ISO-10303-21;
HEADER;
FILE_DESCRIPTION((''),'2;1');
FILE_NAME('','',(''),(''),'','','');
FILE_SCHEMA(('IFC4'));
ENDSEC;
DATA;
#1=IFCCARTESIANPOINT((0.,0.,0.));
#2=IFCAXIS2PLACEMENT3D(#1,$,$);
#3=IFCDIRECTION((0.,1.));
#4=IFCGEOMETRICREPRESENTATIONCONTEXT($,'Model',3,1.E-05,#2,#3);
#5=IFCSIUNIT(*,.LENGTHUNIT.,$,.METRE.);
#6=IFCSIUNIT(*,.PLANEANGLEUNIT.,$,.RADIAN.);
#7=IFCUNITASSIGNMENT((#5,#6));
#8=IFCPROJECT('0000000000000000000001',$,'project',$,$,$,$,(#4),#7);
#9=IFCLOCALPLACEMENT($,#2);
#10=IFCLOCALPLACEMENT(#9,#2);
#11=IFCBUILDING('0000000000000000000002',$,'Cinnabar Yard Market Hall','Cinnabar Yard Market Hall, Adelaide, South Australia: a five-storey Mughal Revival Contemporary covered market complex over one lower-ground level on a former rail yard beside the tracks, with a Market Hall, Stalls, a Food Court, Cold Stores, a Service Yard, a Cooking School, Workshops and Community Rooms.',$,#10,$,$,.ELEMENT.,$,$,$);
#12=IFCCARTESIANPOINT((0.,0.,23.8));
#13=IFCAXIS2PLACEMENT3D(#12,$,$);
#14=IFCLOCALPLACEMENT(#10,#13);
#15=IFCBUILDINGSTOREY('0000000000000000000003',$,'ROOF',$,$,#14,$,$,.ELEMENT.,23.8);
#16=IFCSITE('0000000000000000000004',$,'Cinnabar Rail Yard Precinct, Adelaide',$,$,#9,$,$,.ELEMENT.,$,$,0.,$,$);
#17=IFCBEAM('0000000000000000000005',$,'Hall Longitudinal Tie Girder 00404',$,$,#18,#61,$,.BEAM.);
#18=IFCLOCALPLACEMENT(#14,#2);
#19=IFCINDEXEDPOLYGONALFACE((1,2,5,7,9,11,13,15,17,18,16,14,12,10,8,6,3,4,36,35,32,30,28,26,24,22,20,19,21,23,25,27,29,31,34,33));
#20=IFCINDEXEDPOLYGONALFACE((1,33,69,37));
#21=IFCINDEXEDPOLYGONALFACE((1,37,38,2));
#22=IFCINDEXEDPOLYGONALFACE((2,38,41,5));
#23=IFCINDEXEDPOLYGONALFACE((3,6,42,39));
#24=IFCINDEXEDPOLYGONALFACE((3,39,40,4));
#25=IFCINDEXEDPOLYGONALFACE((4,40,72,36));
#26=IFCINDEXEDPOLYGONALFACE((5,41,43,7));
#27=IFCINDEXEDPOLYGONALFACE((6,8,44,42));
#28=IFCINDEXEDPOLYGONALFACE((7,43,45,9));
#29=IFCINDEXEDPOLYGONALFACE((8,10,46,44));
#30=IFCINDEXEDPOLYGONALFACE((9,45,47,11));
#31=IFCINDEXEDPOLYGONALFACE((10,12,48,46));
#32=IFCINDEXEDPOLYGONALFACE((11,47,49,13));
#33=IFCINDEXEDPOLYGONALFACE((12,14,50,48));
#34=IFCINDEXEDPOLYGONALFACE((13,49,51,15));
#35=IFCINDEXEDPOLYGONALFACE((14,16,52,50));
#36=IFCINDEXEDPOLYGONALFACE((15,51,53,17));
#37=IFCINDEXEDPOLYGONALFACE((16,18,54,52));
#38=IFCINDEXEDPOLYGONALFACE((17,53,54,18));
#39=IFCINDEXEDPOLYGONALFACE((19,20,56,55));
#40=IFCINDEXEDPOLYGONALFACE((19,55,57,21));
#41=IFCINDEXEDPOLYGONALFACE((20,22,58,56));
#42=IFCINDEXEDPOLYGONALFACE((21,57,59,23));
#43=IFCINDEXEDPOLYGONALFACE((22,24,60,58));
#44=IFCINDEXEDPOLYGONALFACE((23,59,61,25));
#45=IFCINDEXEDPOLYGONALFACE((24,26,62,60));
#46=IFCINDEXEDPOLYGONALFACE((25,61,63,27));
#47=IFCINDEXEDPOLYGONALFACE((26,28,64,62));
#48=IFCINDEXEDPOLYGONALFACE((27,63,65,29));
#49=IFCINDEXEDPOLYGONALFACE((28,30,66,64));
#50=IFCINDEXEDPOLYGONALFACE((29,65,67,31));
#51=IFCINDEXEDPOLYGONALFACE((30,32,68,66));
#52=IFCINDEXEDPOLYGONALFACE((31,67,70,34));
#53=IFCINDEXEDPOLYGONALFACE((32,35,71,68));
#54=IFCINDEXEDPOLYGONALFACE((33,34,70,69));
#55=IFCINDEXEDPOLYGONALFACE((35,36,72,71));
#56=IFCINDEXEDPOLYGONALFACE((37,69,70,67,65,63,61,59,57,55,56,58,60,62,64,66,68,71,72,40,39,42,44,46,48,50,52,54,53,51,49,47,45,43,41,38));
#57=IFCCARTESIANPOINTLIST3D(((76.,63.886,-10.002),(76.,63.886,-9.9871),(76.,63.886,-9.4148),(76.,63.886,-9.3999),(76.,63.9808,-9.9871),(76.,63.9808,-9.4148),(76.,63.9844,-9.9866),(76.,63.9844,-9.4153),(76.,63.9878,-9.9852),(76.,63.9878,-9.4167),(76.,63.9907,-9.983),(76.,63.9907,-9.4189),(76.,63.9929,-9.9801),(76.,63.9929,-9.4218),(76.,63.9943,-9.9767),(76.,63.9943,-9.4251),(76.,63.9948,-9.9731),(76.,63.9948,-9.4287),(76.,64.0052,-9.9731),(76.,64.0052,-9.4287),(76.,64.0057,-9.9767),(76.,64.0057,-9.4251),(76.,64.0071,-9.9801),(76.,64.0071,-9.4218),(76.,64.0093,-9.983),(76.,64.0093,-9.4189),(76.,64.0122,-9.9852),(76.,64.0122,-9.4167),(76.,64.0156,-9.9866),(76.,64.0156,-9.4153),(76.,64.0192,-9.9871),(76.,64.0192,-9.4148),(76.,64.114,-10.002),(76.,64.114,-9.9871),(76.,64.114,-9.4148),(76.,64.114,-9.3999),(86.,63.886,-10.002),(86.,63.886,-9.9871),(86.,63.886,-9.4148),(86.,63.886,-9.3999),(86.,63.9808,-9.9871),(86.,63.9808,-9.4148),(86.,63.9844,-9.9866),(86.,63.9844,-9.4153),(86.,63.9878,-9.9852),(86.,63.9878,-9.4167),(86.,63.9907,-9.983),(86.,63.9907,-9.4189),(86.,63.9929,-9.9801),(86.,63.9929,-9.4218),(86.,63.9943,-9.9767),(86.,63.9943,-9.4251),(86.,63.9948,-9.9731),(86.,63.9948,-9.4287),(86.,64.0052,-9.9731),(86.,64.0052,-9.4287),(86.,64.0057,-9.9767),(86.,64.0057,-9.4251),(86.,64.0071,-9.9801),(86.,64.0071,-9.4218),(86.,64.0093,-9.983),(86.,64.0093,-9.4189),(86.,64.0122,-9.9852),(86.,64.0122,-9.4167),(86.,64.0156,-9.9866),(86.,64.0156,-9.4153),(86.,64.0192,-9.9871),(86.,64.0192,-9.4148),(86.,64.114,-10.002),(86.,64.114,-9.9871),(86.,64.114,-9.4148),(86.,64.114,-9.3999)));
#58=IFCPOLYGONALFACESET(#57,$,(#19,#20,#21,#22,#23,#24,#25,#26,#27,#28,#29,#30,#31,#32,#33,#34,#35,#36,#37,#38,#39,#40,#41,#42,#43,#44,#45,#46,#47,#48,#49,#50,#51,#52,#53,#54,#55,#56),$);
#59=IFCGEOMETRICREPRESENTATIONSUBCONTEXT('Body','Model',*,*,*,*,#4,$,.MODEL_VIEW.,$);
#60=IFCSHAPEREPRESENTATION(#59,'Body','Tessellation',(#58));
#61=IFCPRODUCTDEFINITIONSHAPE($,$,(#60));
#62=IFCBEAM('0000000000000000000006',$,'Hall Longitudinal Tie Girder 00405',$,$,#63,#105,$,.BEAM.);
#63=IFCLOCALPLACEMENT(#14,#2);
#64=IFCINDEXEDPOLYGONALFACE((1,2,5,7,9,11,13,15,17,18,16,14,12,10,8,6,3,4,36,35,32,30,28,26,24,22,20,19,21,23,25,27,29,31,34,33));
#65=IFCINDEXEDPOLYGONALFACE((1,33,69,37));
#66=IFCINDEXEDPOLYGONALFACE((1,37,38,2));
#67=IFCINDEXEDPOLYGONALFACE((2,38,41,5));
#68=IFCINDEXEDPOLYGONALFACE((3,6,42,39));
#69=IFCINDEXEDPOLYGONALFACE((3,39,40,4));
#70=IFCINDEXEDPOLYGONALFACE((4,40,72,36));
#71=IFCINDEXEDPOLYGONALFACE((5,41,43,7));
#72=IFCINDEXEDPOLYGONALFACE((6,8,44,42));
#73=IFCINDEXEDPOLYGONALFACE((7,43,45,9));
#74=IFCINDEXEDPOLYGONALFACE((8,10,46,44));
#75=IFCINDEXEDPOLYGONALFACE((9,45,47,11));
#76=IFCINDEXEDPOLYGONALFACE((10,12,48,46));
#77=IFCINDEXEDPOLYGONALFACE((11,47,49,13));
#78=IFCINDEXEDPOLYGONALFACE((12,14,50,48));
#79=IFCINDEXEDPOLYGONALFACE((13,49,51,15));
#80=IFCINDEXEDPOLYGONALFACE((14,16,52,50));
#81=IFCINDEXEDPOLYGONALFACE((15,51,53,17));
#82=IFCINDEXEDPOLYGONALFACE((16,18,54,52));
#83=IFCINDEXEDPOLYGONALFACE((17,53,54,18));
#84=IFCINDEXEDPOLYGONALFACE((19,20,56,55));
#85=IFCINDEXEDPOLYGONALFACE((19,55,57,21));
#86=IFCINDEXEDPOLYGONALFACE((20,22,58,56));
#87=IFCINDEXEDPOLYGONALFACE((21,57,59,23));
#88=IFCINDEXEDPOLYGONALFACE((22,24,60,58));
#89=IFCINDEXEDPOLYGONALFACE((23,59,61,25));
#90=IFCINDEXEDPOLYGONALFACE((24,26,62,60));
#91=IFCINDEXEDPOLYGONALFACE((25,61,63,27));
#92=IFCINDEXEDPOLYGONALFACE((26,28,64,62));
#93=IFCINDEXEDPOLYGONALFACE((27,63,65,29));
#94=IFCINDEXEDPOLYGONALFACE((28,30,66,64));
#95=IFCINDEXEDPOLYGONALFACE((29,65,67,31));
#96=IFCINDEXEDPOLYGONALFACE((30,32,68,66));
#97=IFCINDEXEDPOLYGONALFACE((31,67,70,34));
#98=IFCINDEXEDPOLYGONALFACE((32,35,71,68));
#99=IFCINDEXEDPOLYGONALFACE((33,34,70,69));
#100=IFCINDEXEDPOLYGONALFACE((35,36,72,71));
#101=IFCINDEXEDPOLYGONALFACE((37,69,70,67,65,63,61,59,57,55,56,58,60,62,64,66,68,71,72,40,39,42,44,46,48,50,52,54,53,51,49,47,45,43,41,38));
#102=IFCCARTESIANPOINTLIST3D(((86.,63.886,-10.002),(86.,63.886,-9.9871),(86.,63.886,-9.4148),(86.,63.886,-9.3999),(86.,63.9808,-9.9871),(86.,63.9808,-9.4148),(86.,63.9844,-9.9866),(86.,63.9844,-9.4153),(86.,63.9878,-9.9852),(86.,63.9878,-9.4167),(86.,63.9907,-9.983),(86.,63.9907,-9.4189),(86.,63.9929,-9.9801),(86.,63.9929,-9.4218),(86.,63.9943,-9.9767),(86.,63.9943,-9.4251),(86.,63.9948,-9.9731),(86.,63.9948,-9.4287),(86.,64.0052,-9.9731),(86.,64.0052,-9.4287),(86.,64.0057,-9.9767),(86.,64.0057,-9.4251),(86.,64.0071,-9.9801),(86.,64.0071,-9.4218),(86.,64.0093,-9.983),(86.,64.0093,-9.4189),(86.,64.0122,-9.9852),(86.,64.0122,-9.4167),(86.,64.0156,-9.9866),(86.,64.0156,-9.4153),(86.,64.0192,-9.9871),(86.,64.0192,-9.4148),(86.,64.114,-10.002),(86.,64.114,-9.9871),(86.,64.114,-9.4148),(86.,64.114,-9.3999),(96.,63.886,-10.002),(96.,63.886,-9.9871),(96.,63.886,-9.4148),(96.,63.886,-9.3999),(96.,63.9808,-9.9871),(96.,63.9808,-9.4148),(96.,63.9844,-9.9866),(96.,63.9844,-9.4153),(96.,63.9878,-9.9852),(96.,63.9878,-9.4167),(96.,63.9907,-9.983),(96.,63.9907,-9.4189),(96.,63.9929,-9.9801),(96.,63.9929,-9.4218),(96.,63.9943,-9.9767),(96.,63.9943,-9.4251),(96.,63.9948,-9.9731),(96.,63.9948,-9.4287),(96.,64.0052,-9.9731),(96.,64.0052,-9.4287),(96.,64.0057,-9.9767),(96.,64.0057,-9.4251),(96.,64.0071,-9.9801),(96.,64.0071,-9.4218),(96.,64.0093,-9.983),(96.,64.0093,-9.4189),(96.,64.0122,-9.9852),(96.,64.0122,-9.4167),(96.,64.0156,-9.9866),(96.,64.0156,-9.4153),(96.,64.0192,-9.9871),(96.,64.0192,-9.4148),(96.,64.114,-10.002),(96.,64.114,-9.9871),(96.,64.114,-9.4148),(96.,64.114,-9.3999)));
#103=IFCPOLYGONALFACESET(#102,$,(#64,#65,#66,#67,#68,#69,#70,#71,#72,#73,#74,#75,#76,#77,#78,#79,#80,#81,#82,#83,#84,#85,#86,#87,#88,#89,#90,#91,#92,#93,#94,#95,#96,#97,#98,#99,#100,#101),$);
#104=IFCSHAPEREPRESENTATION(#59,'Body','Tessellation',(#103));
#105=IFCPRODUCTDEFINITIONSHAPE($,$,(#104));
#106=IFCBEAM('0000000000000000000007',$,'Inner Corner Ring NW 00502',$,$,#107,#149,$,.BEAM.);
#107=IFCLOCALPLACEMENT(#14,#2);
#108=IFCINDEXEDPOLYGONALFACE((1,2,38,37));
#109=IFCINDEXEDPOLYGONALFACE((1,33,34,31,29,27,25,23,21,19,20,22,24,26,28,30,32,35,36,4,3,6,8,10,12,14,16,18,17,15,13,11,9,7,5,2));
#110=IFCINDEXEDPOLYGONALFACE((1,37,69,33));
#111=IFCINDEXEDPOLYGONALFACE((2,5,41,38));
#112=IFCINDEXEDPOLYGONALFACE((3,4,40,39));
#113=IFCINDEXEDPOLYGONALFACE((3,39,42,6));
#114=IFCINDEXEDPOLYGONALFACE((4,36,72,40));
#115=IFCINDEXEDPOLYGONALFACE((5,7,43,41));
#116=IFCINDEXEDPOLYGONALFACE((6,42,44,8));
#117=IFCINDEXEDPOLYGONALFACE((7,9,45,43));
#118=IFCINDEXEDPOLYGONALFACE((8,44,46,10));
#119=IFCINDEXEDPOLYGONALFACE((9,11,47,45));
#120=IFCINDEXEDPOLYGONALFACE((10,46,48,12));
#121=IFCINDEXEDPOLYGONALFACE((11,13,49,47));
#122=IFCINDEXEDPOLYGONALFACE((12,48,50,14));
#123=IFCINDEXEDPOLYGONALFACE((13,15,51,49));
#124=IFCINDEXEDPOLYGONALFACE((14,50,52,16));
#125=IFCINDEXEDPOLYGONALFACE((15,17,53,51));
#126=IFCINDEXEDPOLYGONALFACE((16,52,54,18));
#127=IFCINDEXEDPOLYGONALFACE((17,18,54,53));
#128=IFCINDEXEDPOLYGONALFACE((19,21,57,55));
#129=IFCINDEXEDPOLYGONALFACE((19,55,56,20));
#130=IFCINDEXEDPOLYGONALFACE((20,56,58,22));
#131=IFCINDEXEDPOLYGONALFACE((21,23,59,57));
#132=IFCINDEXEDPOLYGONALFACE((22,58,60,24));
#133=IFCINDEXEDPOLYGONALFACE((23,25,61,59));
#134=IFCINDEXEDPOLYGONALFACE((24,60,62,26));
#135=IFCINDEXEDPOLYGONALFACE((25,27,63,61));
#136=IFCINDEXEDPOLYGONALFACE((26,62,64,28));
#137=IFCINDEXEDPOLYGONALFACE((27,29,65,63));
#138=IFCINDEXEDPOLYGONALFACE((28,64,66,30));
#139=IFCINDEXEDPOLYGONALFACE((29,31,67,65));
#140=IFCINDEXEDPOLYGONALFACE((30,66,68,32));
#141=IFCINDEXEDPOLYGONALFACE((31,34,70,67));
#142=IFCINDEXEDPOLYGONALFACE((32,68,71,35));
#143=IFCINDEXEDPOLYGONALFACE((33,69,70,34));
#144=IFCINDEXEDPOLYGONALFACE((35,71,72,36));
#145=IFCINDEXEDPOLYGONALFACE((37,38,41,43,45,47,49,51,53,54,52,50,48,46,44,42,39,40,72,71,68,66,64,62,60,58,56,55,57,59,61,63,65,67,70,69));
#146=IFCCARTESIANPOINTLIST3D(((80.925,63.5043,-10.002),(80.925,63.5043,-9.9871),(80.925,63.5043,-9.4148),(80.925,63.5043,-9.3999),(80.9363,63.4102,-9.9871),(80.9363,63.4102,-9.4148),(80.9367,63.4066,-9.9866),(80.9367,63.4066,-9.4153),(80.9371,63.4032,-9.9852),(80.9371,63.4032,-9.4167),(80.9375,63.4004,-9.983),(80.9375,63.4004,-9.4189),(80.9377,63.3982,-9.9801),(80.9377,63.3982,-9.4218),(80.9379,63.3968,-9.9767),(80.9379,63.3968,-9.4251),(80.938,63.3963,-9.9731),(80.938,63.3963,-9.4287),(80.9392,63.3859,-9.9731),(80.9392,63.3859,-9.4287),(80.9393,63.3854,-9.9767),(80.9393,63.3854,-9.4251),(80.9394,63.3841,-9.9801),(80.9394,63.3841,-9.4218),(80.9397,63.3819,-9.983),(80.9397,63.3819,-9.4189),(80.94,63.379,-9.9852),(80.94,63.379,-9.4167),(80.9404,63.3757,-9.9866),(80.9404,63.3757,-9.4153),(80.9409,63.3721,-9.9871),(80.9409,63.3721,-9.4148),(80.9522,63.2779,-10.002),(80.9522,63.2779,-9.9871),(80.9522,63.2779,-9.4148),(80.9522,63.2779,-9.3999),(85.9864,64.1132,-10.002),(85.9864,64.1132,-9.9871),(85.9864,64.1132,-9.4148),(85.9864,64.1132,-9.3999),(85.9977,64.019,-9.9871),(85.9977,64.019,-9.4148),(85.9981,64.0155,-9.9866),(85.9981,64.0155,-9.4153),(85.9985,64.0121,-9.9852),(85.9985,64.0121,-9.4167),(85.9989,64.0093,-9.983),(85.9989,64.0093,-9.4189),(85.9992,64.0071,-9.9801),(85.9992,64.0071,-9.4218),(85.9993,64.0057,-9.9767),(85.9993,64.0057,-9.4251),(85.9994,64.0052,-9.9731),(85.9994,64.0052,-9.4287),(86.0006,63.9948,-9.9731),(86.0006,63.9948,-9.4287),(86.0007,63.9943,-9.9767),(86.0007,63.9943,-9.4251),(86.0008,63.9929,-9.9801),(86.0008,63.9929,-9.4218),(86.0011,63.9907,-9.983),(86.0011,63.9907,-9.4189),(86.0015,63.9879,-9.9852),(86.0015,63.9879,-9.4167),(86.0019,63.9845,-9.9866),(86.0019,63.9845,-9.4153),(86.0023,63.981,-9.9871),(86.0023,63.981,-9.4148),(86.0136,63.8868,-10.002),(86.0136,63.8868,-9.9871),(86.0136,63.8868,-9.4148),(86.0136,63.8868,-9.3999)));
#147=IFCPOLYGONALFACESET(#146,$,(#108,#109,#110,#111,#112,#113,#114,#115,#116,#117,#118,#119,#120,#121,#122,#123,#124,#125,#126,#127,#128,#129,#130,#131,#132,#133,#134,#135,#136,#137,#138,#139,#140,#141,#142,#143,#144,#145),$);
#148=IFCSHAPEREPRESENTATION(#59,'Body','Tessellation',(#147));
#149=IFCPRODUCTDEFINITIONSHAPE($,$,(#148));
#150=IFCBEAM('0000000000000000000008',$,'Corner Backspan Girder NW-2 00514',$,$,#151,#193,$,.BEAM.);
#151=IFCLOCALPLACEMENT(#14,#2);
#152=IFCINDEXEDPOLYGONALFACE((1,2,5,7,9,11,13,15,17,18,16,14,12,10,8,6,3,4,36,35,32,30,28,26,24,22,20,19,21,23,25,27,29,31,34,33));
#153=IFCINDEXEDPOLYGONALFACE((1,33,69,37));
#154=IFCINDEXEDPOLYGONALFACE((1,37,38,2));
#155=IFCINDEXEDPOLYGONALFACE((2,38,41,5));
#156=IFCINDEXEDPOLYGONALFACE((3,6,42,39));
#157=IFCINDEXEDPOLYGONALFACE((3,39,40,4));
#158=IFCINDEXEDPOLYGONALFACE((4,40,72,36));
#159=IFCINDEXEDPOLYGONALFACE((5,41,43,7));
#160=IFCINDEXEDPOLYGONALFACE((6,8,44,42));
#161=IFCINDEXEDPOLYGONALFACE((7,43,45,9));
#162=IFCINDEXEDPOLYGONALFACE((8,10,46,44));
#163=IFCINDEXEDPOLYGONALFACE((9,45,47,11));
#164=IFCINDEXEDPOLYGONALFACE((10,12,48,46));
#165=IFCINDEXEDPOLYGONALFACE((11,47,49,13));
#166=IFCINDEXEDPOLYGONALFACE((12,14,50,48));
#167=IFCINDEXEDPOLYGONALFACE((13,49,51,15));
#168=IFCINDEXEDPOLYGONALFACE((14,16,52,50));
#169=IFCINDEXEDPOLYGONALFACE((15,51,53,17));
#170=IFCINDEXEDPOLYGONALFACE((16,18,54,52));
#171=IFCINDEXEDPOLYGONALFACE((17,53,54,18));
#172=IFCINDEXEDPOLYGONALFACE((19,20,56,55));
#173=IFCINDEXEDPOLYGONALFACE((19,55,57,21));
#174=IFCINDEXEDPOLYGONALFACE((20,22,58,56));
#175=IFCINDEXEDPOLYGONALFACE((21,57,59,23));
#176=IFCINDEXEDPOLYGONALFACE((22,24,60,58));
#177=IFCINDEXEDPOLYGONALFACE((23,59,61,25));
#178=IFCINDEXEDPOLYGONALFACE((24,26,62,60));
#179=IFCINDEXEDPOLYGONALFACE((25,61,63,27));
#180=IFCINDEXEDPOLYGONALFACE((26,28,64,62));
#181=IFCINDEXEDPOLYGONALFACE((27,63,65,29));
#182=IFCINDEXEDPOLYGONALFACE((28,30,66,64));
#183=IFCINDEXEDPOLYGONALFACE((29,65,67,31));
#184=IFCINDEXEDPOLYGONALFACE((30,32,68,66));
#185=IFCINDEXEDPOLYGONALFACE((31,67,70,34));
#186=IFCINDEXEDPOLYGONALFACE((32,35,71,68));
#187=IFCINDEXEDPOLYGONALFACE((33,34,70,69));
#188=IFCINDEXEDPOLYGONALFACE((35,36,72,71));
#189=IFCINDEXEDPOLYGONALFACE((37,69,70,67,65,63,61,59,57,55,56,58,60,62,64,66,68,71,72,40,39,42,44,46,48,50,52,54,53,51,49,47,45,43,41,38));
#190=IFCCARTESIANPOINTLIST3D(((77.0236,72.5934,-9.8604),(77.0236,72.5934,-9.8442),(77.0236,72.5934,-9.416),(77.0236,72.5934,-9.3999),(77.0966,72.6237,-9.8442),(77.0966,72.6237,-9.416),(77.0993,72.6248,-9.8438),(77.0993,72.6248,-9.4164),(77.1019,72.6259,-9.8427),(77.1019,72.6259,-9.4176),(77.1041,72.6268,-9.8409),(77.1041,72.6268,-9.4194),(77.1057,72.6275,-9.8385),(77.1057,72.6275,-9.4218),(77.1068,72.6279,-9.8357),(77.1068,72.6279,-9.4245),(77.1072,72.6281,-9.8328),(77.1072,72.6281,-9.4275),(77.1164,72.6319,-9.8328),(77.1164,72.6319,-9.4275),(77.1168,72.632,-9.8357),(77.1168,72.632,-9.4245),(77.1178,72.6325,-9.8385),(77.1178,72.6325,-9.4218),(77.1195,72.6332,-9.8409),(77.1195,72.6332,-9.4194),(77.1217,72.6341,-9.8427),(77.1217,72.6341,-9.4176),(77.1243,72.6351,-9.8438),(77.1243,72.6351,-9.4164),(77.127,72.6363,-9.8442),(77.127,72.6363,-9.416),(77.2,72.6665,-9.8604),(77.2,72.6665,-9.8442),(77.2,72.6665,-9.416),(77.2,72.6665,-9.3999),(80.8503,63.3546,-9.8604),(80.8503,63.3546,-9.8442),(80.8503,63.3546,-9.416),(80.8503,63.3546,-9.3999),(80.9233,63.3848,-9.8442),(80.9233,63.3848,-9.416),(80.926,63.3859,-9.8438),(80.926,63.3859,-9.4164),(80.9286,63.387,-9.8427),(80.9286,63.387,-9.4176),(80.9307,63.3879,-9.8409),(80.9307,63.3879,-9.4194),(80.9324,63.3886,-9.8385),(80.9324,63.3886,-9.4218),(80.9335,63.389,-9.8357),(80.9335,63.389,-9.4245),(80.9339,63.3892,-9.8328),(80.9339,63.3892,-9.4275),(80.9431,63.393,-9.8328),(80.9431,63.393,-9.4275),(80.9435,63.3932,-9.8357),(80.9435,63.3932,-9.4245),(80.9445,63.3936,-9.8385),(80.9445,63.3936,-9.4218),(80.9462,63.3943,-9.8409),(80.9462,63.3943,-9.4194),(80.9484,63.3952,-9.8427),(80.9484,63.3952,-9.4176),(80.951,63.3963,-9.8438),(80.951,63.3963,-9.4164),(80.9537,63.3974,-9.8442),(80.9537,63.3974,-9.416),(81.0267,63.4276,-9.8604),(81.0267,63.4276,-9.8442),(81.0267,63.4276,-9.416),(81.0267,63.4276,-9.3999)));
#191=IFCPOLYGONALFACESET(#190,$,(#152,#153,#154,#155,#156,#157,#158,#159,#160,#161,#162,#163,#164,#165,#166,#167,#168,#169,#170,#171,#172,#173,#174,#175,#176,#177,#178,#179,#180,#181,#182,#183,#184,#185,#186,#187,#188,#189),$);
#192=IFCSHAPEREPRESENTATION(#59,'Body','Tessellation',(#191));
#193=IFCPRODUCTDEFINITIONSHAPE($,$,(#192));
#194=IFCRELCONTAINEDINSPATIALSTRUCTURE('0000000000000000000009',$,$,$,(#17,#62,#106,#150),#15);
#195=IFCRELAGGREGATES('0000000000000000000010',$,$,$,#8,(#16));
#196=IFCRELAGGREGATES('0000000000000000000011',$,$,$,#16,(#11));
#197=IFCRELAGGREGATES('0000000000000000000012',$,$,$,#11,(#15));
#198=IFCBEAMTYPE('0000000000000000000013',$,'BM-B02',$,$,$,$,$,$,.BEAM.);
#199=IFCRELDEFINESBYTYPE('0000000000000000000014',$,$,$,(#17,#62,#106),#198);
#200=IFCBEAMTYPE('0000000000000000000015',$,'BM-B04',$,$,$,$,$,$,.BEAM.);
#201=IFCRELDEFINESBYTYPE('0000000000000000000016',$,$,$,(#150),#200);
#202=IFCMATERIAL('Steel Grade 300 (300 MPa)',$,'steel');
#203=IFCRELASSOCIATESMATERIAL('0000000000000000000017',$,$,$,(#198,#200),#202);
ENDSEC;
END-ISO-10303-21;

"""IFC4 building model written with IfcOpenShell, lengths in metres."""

from ifc_helpers import new_model, si_unit, direction, frame, origin, origin_2d_with_axis, place, context, subcontext, project, spatial, i_section, extrude, material, material_profile, profile_set, type_object, element, save


model = new_model("IFC4")

# Units and contexts
model_context = context("Model", 3, precision=1e-05, world=origin(), true_north=direction((0.0, 1.0)))
body_context = subcontext(model_context, "Body", "Model", "MODEL_VIEW")
ifc_project = project(units=[si_unit("LENGTHUNIT", "METRE"), si_unit("PLANEANGLEUNIT", "RADIAN")], contexts=[model_context])

# Site, building, storey
site_placement = place(None, origin())
site = spatial("IfcSite", under=ifc_project, at=site_placement, Name="Cinnabar Rail Yard Precinct, Adelaide", CompositionType="ELEMENT", RefElevation=0.0)
building_placement = place(site_placement, origin())
building = spatial("IfcBuilding", under=site, at=building_placement, Name="Cinnabar Yard Market Hall", Description="Cinnabar Yard Market Hall, Adelaide, South Australia: a five-storey Mughal Revival Contemporary covered market complex over one lower-ground level on a former rail yard beside the tracks, with a Market Hall, Stalls, a Food Court, Cold Stores, a Service Yard, a Cooking School, Workshops and Community Rooms.", CompositionType="ELEMENT")
storey_placement = place(building_placement, frame((0.0, 0.0, 23.8)))
storey = spatial("IfcBuildingStorey", under=building, at=storey_placement, Name="ROOF", CompositionType="ELEMENT", Elevation=23.8)

# Beams
ifc_material_1 = material(Name="Steel Grade 300 (300 MPa)", Category="steel")
ifc_material_profile_1 = material_profile(ifc_material_1, i_section(OverallWidth=0.228, OverallDepth=0.6021, WebThickness=0.0105, FlangeThickness=0.0149, FilletRadius=0.0139, at=origin_2d_with_axis()), Name="610UB101")
ifc_profile_set_1 = profile_set([ifc_material_profile_1], Name="Steel Grade 300 (300 MPa)")
beam_type_1 = type_object("IfcBeamType", Name="BM-B02", PredefinedType="BEAM", material=ifc_profile_set_1)
for number, where, z_axis, x_axis, name in (
    (1, (76.0, 64.0, -9.7009), (1.0, 0.0, 0.0), (0.0, 1.0, 0.0), "Hall Longitudinal Tie Girder 00404"),
    (2, (86.0, 64.0, -9.7009), (1.0, 0.0, 0.0), (0.0, 1.0, 0.0), "Hall Longitudinal Tie Girder 00405"),
):
    element("IfcBeam", number, at=place(storey_placement, frame(where, z_axis=z_axis, x_axis=x_axis)), inside=storey, type_object=beam_type_1, Name=name, PredefinedType="BEAM", context=body_context, shape_type="SweptSolid", body=[
        extrude(i_section(OverallWidth=0.228, OverallDepth=0.6021, WebThickness=0.0105, FlangeThickness=0.0149, FilletRadius=0.0139, at=origin_2d_with_axis()), origin(), (0.0, 0.0, 1.0), 10.0),
    ])
beam_1_placement = place(storey_placement, frame((86.0, 64.0, -9.7009), z_axis=(-0.992842, -0.119436, 0.0), x_axis=(0.119436, -0.992842, 0.0)))
element("IfcBeam", 3, at=beam_1_placement, inside=storey, type_object=beam_type_1, Name="Inner Corner Ring NW 00502", PredefinedType="BEAM", context=body_context, shape_type="SweptSolid", body=[
    extrude(i_section(OverallWidth=0.228, OverallDepth=0.6021, WebThickness=0.0105, FlangeThickness=0.0149, FilletRadius=0.0139, at=origin_2d_with_axis()), origin(), (0.0, 0.0, 1.0), 5.0979),
])
ifc_material_profile_2 = material_profile(ifc_material_1, i_section(OverallWidth=0.1909, OverallDepth=0.4604, WebThickness=0.01, FlangeThickness=0.0161, FilletRadius=0.0115, at=origin_2d_with_axis()), Name="460UB82.1")
ifc_profile_set_2 = profile_set([ifc_material_profile_2], Name="Steel Grade 300 (300 MPa)")
beam_type_2 = type_object("IfcBeamType", Name="BM-B04", PredefinedType="BEAM", material=ifc_profile_set_2)
for number, where, z_axis, x_axis, name in (
    (4, (80.9385, 63.3911, -9.6301), (-0.382669, 0.923885, 0.0), (-0.923885, -0.382669, 0.0), "Corner Backspan Girder NW-2 00514"),
):
    element("IfcBeam", number, at=place(storey_placement, frame(where, z_axis=z_axis, x_axis=x_axis)), inside=storey, type_object=beam_type_2, Name=name, PredefinedType="BEAM", context=body_context, shape_type="SweptSolid", body=[
        extrude(i_section(OverallWidth=0.1909, OverallDepth=0.4604, WebThickness=0.01, FlangeThickness=0.0161, FilletRadius=0.0115, at=origin_2d_with_axis()), origin(), (0.0, 0.0, 1.0), 10.0),
    ])

save(model, "model.ifc")
